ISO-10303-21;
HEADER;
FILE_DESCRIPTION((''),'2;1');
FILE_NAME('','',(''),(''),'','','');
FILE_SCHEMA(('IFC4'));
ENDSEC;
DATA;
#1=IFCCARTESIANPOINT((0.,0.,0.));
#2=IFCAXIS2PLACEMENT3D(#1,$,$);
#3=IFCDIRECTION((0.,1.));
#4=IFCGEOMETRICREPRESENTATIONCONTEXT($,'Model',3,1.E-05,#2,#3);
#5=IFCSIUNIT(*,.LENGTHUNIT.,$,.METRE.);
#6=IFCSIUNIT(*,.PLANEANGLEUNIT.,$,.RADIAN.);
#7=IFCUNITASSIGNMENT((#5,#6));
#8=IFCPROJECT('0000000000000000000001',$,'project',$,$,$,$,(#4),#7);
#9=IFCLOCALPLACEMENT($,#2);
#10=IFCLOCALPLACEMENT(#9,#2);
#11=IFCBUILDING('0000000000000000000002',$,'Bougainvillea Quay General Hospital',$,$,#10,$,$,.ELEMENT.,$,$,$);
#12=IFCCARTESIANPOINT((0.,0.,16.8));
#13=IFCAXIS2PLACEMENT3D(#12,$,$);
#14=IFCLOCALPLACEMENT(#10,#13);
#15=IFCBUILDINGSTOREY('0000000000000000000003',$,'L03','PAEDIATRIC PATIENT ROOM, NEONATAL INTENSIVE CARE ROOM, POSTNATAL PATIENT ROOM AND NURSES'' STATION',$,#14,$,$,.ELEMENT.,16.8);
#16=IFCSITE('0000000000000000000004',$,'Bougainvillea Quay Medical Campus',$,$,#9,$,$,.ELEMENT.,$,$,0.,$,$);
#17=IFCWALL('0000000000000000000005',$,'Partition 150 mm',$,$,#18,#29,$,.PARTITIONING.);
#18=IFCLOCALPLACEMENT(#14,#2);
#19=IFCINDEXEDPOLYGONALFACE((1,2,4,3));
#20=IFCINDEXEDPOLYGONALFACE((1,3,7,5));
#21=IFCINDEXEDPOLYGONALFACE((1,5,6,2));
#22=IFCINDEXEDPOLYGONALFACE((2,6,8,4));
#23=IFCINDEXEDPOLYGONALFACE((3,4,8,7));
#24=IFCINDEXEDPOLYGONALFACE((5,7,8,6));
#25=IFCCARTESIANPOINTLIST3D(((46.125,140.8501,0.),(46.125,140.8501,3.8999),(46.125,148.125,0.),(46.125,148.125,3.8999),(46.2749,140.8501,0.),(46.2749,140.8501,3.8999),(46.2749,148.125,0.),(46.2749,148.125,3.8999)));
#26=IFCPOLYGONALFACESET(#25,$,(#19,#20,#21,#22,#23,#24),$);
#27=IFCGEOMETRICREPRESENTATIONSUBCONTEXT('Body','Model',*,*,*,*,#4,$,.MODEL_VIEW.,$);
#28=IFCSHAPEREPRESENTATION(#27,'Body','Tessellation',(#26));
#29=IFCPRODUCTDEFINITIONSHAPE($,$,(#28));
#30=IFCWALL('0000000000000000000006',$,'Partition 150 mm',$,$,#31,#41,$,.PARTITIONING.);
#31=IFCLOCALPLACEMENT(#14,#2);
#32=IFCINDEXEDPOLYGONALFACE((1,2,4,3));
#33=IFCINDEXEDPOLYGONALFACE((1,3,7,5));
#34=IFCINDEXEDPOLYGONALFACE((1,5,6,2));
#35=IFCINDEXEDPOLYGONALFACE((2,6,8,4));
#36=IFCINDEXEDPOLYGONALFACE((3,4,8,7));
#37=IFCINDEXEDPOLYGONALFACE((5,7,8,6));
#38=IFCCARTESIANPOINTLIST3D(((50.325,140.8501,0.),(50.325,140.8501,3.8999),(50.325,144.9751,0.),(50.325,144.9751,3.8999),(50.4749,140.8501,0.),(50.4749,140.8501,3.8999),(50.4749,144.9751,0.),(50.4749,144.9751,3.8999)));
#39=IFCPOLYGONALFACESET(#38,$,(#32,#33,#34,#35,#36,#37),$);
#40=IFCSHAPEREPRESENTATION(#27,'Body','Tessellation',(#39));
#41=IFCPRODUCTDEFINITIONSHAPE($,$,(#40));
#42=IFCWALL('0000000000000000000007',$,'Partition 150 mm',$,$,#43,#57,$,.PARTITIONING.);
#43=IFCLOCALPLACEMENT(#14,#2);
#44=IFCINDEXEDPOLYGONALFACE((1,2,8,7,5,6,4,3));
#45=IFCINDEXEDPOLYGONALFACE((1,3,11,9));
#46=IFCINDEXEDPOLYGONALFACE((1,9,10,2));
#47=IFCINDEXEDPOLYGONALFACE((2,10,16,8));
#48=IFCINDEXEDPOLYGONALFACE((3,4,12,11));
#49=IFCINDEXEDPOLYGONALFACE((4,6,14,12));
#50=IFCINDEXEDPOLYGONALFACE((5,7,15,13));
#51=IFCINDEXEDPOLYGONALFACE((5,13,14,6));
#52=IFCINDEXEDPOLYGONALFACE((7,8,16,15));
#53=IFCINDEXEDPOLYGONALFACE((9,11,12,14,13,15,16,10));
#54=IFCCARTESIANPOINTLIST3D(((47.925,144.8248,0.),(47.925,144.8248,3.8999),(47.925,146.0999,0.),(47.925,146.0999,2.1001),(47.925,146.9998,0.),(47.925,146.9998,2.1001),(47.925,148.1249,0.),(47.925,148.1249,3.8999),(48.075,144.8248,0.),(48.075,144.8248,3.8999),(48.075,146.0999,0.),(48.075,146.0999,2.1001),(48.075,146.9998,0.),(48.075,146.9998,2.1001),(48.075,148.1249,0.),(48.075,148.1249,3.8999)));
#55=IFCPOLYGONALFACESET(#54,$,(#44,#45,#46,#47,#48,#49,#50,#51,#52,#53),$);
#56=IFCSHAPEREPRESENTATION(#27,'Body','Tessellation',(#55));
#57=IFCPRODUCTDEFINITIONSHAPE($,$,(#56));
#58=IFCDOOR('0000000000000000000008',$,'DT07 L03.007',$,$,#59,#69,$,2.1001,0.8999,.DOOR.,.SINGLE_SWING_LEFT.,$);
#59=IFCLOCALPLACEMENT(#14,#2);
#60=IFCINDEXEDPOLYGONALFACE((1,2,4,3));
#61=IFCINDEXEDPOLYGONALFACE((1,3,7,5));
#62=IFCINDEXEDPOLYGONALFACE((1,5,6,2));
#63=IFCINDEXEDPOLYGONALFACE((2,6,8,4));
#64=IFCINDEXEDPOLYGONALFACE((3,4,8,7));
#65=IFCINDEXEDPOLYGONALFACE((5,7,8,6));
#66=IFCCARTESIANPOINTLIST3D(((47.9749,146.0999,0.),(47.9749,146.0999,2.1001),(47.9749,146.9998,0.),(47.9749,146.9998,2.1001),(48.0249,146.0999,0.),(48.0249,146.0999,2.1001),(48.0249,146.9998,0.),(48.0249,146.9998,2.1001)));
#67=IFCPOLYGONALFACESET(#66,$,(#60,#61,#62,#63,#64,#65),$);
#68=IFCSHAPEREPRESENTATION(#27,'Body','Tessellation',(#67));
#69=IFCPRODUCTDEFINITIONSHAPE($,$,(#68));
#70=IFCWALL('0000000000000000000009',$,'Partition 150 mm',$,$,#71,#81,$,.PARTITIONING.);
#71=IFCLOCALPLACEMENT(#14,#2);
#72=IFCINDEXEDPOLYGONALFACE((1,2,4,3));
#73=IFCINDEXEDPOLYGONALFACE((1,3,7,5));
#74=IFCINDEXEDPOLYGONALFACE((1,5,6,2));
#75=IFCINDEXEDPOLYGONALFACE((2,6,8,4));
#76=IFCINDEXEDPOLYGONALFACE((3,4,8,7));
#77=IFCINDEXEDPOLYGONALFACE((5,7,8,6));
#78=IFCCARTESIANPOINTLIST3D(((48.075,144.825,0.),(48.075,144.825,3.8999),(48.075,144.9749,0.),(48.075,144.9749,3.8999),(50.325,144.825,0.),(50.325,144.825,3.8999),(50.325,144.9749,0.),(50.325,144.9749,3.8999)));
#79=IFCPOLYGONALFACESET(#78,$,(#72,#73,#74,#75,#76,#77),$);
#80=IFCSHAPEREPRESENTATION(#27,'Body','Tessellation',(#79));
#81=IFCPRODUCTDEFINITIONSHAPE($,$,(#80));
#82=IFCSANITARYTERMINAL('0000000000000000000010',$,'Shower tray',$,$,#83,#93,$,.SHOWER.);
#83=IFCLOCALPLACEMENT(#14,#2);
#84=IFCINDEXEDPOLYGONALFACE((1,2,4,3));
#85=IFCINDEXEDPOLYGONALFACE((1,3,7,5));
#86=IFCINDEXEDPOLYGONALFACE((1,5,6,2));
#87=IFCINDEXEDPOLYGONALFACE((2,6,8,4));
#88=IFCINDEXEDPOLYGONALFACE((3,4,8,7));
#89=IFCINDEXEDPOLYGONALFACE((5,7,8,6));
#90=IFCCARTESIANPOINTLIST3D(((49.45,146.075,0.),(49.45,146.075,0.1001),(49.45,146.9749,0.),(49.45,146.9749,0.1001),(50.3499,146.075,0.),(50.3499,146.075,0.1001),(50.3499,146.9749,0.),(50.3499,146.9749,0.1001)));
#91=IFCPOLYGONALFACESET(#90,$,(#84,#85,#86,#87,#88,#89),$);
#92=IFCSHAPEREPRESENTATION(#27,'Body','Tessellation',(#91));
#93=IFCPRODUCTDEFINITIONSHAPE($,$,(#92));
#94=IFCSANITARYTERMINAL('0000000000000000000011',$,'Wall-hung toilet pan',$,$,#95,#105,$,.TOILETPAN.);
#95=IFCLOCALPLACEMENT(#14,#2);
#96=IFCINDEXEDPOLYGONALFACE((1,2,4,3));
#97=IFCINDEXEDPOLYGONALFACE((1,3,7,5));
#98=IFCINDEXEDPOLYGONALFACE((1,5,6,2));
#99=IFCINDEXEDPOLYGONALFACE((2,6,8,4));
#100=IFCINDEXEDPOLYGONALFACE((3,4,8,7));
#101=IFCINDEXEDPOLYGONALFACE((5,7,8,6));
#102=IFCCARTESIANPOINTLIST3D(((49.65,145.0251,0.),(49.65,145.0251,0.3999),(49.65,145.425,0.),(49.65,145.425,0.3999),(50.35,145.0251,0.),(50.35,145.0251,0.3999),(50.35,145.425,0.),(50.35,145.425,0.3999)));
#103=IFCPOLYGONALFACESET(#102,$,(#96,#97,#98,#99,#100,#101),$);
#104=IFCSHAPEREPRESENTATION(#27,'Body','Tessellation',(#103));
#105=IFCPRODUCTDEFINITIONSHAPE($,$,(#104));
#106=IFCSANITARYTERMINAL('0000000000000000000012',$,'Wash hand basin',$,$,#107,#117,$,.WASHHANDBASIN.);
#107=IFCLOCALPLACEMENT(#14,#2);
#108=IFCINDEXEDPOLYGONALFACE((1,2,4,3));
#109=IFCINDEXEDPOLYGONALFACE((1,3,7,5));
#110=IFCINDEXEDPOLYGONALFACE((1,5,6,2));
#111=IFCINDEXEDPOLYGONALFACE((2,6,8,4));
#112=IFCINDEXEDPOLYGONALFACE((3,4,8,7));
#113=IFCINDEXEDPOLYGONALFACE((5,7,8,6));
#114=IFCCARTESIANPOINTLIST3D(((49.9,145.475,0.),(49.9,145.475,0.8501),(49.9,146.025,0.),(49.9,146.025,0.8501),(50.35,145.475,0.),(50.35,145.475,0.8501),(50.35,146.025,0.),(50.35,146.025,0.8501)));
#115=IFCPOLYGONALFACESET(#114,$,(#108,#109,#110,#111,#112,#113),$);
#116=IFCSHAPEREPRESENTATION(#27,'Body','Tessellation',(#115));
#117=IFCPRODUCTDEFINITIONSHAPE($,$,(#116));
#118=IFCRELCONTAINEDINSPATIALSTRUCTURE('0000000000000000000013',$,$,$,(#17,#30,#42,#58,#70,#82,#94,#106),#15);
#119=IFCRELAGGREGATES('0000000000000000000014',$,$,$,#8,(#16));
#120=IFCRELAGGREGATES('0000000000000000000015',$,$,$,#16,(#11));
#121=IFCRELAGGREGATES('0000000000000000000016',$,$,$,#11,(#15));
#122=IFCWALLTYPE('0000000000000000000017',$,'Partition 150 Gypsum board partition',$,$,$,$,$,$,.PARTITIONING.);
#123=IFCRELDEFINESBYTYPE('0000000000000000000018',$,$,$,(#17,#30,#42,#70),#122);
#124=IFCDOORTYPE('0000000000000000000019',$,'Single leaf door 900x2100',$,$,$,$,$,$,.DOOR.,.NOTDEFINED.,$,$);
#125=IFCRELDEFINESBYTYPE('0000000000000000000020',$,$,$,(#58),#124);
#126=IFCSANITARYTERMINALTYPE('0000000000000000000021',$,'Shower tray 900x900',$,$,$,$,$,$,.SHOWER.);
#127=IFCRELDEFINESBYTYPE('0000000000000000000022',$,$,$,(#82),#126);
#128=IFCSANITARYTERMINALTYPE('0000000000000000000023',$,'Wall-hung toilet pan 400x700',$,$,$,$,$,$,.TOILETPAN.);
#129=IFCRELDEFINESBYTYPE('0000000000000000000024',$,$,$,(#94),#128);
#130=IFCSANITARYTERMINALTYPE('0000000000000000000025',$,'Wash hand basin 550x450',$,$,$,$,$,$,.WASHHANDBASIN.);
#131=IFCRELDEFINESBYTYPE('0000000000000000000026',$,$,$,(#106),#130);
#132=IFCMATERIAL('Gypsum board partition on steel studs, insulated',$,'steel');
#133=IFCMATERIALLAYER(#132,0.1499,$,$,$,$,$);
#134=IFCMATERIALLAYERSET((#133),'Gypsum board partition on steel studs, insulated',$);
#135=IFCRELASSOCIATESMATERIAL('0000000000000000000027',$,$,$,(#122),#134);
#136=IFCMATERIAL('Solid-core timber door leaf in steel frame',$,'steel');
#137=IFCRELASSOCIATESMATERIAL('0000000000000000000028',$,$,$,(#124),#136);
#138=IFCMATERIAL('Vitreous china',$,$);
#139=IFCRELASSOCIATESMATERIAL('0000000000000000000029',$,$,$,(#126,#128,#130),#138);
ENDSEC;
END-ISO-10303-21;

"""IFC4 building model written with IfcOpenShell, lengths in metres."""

from ifc_helpers import new_model, si_unit, direction, frame, frame_2d, origin, origin_2d, place, context, subcontext, project, spatial, rectangle, extrude, material, layer, layer_set, type_object, element, fill, save


model = new_model("IFC4")

# Units and contexts
model_context = context("Model", 3, precision=1e-05, world=origin(), true_north=direction((0.0, 1.0)))
body_context = subcontext(model_context, "Body", "Model", "MODEL_VIEW")
ifc_project = project(units=[si_unit("LENGTHUNIT", "METRE"), si_unit("PLANEANGLEUNIT", "RADIAN")], contexts=[model_context])

# Site, building, storey
site_placement = place(None, origin())
site = spatial("IfcSite", under=ifc_project, at=site_placement, Name="Bougainvillea Quay Medical Campus", CompositionType="ELEMENT", RefElevation=0.0)
building_placement = place(site_placement, origin())
building = spatial("IfcBuilding", under=site, at=building_placement, Name="Bougainvillea Quay General Hospital", CompositionType="ELEMENT")
storey_placement = place(building_placement, frame((0.0, 0.0, 16.8)))
storey = spatial("IfcBuildingStorey", under=building, at=storey_placement, Name="L03", Description="PAEDIATRIC PATIENT ROOM, NEONATAL INTENSIVE CARE ROOM, POSTNATAL PATIENT ROOM AND NURSES' STATION", CompositionType="ELEMENT", Elevation=16.8)

# Walls
ifc_material_1 = material(Name="Gypsum board partition on steel studs, insulated", Category="steel")
ifc_layer_1 = layer(ifc_material_1, 0.1499)
ifc_layer_set_1 = layer_set([ifc_layer_1], Name="Gypsum board partition on steel studs, insulated")
wall_type_1 = type_object("IfcWallType", Name="Partition 150 Gypsum board partition", PredefinedType="PARTITIONING", material=ifc_layer_set_1)
wall_1_placement = place(storey_placement, frame((46.2, 140.8501, 0.0), z_axis=(0.0, 0.0, 1.0), x_axis=(0.0, 1.0, 0.0)))
element("IfcWall", 1, at=wall_1_placement, inside=storey, type_object=wall_type_1, Name="Partition 150 mm", PredefinedType="PARTITIONING", context=body_context, shape_type="SweptSolid", body=[
    extrude(rectangle(XDim=7.2749, YDim=0.1499, at=frame_2d((3.6375, 0.0))), origin(), (0.0, 0.0, 1.0), 3.8999),
])
wall_2_placement = place(storey_placement, frame((50.3999, 140.8501, 0.0), z_axis=(0.0, 0.0, 1.0), x_axis=(0.0, 1.0, 0.0)))
element("IfcWall", 2, at=wall_2_placement, inside=storey, type_object=wall_type_1, Name="Partition 150 mm", PredefinedType="PARTITIONING", context=body_context, shape_type="SweptSolid", body=[
    extrude(rectangle(XDim=4.125, YDim=0.1499, at=frame_2d((2.0625, 0.0))), origin(), (0.0, 0.0, 1.0), 3.8999),
])

# Wall, opening, door
wall_3_placement = place(storey_placement, frame((48.0, 144.825, 0.0), z_axis=(0.0, 0.0, 1.0), x_axis=(0.0, 1.0, 0.0)))
wall_3 = element("IfcWall", 3, at=wall_3_placement, inside=storey, type_object=wall_type_1, Name="Partition 150 mm", PredefinedType="PARTITIONING", context=body_context, shape_type="SweptSolid", body=[
    extrude(rectangle(XDim=3.3, YDim=0.1499, at=frame_2d((1.6499, 0.0))), origin(), (0.0, 0.0, 1.0), 3.8999),
])
opening_placement = place(wall_3_placement, frame((1.2749, 0.0, 0.0)))
opening = element("IfcOpeningElement", 4, at=opening_placement, cuts=wall_3, PredefinedType="OPENING", context=body_context, shape_type="SweptSolid", body=[
    extrude(rectangle(XDim=0.8999, YDim=2.1001, at=frame_2d((0.45, 1.05))), frame((0.0, 0.085, 0.0), z_axis=(0.0, -1.0, 0.0), x_axis=(1.0, 0.0, 0.0)), (0.0, 0.0, 1.0), 0.1699),
])
ifc_material_2 = material(Name="Solid-core timber door leaf in steel frame", Category="steel")
door_type = type_object("IfcDoorType", Name="Single leaf door 900x2100", OperationType="NOTDEFINED", PredefinedType="DOOR", material=ifc_material_2)
door_placement = place(opening_placement, frame((0.8999, 0.0, 0.0), z_axis=(0.0, 0.0, 1.0), x_axis=(-1.0, 0.0, 0.0)))
door = element("IfcDoor", 5, at=door_placement, inside=storey, type_object=door_type, Name="DT07 L03.007", OperationType="SINGLE_SWING_LEFT", OverallHeight=2.1001, OverallWidth=0.8999, PredefinedType="DOOR", context=body_context, shape_type="SweptSolid", body=[
    extrude(rectangle(XDim=0.8999, YDim=2.1001, at=frame_2d((0.45, 1.05))), frame((0.0, 0.0249, 0.0), z_axis=(0.0, -1.0, 0.0), x_axis=(1.0, 0.0, 0.0)), (0.0, 0.0, 1.0), 0.05),
])
fill(opening, door)

# Wall
wall_4_placement = place(storey_placement, frame((48.075, 144.8999, 0.0), z_axis=(0.0, 0.0, 1.0), x_axis=(1.0, 0.0, 0.0)))
element("IfcWall", 6, at=wall_4_placement, inside=storey, type_object=wall_type_1, Name="Partition 150 mm", PredefinedType="PARTITIONING", context=body_context, shape_type="SweptSolid", body=[
    extrude(rectangle(XDim=2.25, YDim=0.1499, at=frame_2d((1.125, 0.0))), origin(), (0.0, 0.0, 1.0), 3.8999),
])

# Sanitary terminals
ifc_material_3 = material(Name="Vitreous china")
sanitary_terminal_type_1 = type_object("IfcSanitaryTerminalType", Name="Shower tray 900x900", PredefinedType="SHOWER", material=ifc_material_3)
sanitary_terminal_1_placement = place(storey_placement, frame((49.8999, 146.5249, 0.0), z_axis=(0.0, 0.0, 1.0), x_axis=(0.0, -1.0, 0.0)))
element("IfcSanitaryTerminal", 7, at=sanitary_terminal_1_placement, inside=storey, type_object=sanitary_terminal_type_1, Name="Shower tray", PredefinedType="SHOWER", context=body_context, shape_type="SweptSolid", body=[
    extrude(rectangle(XDim=0.8999, YDim=0.8999, at=origin_2d()), origin(), (0.0, 0.0, 1.0), 0.1001),
])
sanitary_terminal_type_2 = type_object("IfcSanitaryTerminalType", Name="Wall-hung toilet pan 400x700", PredefinedType="TOILETPAN", material=ifc_material_3)
sanitary_terminal_2_placement = place(storey_placement, frame((50.0, 145.2251, 0.0), z_axis=(0.0, 0.0, 1.0), x_axis=(0.0, -1.0, 0.0)))
element("IfcSanitaryTerminal", 8, at=sanitary_terminal_2_placement, inside=storey, type_object=sanitary_terminal_type_2, Name="Wall-hung toilet pan", PredefinedType="TOILETPAN", context=body_context, shape_type="SweptSolid", body=[
    extrude(rectangle(XDim=0.3999, YDim=0.7, at=origin_2d()), origin(), (0.0, 0.0, 1.0), 0.3999),
])
sanitary_terminal_type_3 = type_object("IfcSanitaryTerminalType", Name="Wash hand basin 550x450", PredefinedType="WASHHANDBASIN", material=ifc_material_3)
sanitary_terminal_3_placement = place(storey_placement, frame((50.125, 145.75, 0.0), z_axis=(0.0, 0.0, 1.0), x_axis=(0.0, -1.0, 0.0)))
element("IfcSanitaryTerminal", 9, at=sanitary_terminal_3_placement, inside=storey, type_object=sanitary_terminal_type_3, Name="Wash hand basin", PredefinedType="WASHHANDBASIN", context=body_context, shape_type="SweptSolid", body=[
    extrude(rectangle(XDim=0.55, YDim=0.45, at=origin_2d()), origin(), (0.0, 0.0, 1.0), 0.8501),
])

save(model, "model.ifc")
